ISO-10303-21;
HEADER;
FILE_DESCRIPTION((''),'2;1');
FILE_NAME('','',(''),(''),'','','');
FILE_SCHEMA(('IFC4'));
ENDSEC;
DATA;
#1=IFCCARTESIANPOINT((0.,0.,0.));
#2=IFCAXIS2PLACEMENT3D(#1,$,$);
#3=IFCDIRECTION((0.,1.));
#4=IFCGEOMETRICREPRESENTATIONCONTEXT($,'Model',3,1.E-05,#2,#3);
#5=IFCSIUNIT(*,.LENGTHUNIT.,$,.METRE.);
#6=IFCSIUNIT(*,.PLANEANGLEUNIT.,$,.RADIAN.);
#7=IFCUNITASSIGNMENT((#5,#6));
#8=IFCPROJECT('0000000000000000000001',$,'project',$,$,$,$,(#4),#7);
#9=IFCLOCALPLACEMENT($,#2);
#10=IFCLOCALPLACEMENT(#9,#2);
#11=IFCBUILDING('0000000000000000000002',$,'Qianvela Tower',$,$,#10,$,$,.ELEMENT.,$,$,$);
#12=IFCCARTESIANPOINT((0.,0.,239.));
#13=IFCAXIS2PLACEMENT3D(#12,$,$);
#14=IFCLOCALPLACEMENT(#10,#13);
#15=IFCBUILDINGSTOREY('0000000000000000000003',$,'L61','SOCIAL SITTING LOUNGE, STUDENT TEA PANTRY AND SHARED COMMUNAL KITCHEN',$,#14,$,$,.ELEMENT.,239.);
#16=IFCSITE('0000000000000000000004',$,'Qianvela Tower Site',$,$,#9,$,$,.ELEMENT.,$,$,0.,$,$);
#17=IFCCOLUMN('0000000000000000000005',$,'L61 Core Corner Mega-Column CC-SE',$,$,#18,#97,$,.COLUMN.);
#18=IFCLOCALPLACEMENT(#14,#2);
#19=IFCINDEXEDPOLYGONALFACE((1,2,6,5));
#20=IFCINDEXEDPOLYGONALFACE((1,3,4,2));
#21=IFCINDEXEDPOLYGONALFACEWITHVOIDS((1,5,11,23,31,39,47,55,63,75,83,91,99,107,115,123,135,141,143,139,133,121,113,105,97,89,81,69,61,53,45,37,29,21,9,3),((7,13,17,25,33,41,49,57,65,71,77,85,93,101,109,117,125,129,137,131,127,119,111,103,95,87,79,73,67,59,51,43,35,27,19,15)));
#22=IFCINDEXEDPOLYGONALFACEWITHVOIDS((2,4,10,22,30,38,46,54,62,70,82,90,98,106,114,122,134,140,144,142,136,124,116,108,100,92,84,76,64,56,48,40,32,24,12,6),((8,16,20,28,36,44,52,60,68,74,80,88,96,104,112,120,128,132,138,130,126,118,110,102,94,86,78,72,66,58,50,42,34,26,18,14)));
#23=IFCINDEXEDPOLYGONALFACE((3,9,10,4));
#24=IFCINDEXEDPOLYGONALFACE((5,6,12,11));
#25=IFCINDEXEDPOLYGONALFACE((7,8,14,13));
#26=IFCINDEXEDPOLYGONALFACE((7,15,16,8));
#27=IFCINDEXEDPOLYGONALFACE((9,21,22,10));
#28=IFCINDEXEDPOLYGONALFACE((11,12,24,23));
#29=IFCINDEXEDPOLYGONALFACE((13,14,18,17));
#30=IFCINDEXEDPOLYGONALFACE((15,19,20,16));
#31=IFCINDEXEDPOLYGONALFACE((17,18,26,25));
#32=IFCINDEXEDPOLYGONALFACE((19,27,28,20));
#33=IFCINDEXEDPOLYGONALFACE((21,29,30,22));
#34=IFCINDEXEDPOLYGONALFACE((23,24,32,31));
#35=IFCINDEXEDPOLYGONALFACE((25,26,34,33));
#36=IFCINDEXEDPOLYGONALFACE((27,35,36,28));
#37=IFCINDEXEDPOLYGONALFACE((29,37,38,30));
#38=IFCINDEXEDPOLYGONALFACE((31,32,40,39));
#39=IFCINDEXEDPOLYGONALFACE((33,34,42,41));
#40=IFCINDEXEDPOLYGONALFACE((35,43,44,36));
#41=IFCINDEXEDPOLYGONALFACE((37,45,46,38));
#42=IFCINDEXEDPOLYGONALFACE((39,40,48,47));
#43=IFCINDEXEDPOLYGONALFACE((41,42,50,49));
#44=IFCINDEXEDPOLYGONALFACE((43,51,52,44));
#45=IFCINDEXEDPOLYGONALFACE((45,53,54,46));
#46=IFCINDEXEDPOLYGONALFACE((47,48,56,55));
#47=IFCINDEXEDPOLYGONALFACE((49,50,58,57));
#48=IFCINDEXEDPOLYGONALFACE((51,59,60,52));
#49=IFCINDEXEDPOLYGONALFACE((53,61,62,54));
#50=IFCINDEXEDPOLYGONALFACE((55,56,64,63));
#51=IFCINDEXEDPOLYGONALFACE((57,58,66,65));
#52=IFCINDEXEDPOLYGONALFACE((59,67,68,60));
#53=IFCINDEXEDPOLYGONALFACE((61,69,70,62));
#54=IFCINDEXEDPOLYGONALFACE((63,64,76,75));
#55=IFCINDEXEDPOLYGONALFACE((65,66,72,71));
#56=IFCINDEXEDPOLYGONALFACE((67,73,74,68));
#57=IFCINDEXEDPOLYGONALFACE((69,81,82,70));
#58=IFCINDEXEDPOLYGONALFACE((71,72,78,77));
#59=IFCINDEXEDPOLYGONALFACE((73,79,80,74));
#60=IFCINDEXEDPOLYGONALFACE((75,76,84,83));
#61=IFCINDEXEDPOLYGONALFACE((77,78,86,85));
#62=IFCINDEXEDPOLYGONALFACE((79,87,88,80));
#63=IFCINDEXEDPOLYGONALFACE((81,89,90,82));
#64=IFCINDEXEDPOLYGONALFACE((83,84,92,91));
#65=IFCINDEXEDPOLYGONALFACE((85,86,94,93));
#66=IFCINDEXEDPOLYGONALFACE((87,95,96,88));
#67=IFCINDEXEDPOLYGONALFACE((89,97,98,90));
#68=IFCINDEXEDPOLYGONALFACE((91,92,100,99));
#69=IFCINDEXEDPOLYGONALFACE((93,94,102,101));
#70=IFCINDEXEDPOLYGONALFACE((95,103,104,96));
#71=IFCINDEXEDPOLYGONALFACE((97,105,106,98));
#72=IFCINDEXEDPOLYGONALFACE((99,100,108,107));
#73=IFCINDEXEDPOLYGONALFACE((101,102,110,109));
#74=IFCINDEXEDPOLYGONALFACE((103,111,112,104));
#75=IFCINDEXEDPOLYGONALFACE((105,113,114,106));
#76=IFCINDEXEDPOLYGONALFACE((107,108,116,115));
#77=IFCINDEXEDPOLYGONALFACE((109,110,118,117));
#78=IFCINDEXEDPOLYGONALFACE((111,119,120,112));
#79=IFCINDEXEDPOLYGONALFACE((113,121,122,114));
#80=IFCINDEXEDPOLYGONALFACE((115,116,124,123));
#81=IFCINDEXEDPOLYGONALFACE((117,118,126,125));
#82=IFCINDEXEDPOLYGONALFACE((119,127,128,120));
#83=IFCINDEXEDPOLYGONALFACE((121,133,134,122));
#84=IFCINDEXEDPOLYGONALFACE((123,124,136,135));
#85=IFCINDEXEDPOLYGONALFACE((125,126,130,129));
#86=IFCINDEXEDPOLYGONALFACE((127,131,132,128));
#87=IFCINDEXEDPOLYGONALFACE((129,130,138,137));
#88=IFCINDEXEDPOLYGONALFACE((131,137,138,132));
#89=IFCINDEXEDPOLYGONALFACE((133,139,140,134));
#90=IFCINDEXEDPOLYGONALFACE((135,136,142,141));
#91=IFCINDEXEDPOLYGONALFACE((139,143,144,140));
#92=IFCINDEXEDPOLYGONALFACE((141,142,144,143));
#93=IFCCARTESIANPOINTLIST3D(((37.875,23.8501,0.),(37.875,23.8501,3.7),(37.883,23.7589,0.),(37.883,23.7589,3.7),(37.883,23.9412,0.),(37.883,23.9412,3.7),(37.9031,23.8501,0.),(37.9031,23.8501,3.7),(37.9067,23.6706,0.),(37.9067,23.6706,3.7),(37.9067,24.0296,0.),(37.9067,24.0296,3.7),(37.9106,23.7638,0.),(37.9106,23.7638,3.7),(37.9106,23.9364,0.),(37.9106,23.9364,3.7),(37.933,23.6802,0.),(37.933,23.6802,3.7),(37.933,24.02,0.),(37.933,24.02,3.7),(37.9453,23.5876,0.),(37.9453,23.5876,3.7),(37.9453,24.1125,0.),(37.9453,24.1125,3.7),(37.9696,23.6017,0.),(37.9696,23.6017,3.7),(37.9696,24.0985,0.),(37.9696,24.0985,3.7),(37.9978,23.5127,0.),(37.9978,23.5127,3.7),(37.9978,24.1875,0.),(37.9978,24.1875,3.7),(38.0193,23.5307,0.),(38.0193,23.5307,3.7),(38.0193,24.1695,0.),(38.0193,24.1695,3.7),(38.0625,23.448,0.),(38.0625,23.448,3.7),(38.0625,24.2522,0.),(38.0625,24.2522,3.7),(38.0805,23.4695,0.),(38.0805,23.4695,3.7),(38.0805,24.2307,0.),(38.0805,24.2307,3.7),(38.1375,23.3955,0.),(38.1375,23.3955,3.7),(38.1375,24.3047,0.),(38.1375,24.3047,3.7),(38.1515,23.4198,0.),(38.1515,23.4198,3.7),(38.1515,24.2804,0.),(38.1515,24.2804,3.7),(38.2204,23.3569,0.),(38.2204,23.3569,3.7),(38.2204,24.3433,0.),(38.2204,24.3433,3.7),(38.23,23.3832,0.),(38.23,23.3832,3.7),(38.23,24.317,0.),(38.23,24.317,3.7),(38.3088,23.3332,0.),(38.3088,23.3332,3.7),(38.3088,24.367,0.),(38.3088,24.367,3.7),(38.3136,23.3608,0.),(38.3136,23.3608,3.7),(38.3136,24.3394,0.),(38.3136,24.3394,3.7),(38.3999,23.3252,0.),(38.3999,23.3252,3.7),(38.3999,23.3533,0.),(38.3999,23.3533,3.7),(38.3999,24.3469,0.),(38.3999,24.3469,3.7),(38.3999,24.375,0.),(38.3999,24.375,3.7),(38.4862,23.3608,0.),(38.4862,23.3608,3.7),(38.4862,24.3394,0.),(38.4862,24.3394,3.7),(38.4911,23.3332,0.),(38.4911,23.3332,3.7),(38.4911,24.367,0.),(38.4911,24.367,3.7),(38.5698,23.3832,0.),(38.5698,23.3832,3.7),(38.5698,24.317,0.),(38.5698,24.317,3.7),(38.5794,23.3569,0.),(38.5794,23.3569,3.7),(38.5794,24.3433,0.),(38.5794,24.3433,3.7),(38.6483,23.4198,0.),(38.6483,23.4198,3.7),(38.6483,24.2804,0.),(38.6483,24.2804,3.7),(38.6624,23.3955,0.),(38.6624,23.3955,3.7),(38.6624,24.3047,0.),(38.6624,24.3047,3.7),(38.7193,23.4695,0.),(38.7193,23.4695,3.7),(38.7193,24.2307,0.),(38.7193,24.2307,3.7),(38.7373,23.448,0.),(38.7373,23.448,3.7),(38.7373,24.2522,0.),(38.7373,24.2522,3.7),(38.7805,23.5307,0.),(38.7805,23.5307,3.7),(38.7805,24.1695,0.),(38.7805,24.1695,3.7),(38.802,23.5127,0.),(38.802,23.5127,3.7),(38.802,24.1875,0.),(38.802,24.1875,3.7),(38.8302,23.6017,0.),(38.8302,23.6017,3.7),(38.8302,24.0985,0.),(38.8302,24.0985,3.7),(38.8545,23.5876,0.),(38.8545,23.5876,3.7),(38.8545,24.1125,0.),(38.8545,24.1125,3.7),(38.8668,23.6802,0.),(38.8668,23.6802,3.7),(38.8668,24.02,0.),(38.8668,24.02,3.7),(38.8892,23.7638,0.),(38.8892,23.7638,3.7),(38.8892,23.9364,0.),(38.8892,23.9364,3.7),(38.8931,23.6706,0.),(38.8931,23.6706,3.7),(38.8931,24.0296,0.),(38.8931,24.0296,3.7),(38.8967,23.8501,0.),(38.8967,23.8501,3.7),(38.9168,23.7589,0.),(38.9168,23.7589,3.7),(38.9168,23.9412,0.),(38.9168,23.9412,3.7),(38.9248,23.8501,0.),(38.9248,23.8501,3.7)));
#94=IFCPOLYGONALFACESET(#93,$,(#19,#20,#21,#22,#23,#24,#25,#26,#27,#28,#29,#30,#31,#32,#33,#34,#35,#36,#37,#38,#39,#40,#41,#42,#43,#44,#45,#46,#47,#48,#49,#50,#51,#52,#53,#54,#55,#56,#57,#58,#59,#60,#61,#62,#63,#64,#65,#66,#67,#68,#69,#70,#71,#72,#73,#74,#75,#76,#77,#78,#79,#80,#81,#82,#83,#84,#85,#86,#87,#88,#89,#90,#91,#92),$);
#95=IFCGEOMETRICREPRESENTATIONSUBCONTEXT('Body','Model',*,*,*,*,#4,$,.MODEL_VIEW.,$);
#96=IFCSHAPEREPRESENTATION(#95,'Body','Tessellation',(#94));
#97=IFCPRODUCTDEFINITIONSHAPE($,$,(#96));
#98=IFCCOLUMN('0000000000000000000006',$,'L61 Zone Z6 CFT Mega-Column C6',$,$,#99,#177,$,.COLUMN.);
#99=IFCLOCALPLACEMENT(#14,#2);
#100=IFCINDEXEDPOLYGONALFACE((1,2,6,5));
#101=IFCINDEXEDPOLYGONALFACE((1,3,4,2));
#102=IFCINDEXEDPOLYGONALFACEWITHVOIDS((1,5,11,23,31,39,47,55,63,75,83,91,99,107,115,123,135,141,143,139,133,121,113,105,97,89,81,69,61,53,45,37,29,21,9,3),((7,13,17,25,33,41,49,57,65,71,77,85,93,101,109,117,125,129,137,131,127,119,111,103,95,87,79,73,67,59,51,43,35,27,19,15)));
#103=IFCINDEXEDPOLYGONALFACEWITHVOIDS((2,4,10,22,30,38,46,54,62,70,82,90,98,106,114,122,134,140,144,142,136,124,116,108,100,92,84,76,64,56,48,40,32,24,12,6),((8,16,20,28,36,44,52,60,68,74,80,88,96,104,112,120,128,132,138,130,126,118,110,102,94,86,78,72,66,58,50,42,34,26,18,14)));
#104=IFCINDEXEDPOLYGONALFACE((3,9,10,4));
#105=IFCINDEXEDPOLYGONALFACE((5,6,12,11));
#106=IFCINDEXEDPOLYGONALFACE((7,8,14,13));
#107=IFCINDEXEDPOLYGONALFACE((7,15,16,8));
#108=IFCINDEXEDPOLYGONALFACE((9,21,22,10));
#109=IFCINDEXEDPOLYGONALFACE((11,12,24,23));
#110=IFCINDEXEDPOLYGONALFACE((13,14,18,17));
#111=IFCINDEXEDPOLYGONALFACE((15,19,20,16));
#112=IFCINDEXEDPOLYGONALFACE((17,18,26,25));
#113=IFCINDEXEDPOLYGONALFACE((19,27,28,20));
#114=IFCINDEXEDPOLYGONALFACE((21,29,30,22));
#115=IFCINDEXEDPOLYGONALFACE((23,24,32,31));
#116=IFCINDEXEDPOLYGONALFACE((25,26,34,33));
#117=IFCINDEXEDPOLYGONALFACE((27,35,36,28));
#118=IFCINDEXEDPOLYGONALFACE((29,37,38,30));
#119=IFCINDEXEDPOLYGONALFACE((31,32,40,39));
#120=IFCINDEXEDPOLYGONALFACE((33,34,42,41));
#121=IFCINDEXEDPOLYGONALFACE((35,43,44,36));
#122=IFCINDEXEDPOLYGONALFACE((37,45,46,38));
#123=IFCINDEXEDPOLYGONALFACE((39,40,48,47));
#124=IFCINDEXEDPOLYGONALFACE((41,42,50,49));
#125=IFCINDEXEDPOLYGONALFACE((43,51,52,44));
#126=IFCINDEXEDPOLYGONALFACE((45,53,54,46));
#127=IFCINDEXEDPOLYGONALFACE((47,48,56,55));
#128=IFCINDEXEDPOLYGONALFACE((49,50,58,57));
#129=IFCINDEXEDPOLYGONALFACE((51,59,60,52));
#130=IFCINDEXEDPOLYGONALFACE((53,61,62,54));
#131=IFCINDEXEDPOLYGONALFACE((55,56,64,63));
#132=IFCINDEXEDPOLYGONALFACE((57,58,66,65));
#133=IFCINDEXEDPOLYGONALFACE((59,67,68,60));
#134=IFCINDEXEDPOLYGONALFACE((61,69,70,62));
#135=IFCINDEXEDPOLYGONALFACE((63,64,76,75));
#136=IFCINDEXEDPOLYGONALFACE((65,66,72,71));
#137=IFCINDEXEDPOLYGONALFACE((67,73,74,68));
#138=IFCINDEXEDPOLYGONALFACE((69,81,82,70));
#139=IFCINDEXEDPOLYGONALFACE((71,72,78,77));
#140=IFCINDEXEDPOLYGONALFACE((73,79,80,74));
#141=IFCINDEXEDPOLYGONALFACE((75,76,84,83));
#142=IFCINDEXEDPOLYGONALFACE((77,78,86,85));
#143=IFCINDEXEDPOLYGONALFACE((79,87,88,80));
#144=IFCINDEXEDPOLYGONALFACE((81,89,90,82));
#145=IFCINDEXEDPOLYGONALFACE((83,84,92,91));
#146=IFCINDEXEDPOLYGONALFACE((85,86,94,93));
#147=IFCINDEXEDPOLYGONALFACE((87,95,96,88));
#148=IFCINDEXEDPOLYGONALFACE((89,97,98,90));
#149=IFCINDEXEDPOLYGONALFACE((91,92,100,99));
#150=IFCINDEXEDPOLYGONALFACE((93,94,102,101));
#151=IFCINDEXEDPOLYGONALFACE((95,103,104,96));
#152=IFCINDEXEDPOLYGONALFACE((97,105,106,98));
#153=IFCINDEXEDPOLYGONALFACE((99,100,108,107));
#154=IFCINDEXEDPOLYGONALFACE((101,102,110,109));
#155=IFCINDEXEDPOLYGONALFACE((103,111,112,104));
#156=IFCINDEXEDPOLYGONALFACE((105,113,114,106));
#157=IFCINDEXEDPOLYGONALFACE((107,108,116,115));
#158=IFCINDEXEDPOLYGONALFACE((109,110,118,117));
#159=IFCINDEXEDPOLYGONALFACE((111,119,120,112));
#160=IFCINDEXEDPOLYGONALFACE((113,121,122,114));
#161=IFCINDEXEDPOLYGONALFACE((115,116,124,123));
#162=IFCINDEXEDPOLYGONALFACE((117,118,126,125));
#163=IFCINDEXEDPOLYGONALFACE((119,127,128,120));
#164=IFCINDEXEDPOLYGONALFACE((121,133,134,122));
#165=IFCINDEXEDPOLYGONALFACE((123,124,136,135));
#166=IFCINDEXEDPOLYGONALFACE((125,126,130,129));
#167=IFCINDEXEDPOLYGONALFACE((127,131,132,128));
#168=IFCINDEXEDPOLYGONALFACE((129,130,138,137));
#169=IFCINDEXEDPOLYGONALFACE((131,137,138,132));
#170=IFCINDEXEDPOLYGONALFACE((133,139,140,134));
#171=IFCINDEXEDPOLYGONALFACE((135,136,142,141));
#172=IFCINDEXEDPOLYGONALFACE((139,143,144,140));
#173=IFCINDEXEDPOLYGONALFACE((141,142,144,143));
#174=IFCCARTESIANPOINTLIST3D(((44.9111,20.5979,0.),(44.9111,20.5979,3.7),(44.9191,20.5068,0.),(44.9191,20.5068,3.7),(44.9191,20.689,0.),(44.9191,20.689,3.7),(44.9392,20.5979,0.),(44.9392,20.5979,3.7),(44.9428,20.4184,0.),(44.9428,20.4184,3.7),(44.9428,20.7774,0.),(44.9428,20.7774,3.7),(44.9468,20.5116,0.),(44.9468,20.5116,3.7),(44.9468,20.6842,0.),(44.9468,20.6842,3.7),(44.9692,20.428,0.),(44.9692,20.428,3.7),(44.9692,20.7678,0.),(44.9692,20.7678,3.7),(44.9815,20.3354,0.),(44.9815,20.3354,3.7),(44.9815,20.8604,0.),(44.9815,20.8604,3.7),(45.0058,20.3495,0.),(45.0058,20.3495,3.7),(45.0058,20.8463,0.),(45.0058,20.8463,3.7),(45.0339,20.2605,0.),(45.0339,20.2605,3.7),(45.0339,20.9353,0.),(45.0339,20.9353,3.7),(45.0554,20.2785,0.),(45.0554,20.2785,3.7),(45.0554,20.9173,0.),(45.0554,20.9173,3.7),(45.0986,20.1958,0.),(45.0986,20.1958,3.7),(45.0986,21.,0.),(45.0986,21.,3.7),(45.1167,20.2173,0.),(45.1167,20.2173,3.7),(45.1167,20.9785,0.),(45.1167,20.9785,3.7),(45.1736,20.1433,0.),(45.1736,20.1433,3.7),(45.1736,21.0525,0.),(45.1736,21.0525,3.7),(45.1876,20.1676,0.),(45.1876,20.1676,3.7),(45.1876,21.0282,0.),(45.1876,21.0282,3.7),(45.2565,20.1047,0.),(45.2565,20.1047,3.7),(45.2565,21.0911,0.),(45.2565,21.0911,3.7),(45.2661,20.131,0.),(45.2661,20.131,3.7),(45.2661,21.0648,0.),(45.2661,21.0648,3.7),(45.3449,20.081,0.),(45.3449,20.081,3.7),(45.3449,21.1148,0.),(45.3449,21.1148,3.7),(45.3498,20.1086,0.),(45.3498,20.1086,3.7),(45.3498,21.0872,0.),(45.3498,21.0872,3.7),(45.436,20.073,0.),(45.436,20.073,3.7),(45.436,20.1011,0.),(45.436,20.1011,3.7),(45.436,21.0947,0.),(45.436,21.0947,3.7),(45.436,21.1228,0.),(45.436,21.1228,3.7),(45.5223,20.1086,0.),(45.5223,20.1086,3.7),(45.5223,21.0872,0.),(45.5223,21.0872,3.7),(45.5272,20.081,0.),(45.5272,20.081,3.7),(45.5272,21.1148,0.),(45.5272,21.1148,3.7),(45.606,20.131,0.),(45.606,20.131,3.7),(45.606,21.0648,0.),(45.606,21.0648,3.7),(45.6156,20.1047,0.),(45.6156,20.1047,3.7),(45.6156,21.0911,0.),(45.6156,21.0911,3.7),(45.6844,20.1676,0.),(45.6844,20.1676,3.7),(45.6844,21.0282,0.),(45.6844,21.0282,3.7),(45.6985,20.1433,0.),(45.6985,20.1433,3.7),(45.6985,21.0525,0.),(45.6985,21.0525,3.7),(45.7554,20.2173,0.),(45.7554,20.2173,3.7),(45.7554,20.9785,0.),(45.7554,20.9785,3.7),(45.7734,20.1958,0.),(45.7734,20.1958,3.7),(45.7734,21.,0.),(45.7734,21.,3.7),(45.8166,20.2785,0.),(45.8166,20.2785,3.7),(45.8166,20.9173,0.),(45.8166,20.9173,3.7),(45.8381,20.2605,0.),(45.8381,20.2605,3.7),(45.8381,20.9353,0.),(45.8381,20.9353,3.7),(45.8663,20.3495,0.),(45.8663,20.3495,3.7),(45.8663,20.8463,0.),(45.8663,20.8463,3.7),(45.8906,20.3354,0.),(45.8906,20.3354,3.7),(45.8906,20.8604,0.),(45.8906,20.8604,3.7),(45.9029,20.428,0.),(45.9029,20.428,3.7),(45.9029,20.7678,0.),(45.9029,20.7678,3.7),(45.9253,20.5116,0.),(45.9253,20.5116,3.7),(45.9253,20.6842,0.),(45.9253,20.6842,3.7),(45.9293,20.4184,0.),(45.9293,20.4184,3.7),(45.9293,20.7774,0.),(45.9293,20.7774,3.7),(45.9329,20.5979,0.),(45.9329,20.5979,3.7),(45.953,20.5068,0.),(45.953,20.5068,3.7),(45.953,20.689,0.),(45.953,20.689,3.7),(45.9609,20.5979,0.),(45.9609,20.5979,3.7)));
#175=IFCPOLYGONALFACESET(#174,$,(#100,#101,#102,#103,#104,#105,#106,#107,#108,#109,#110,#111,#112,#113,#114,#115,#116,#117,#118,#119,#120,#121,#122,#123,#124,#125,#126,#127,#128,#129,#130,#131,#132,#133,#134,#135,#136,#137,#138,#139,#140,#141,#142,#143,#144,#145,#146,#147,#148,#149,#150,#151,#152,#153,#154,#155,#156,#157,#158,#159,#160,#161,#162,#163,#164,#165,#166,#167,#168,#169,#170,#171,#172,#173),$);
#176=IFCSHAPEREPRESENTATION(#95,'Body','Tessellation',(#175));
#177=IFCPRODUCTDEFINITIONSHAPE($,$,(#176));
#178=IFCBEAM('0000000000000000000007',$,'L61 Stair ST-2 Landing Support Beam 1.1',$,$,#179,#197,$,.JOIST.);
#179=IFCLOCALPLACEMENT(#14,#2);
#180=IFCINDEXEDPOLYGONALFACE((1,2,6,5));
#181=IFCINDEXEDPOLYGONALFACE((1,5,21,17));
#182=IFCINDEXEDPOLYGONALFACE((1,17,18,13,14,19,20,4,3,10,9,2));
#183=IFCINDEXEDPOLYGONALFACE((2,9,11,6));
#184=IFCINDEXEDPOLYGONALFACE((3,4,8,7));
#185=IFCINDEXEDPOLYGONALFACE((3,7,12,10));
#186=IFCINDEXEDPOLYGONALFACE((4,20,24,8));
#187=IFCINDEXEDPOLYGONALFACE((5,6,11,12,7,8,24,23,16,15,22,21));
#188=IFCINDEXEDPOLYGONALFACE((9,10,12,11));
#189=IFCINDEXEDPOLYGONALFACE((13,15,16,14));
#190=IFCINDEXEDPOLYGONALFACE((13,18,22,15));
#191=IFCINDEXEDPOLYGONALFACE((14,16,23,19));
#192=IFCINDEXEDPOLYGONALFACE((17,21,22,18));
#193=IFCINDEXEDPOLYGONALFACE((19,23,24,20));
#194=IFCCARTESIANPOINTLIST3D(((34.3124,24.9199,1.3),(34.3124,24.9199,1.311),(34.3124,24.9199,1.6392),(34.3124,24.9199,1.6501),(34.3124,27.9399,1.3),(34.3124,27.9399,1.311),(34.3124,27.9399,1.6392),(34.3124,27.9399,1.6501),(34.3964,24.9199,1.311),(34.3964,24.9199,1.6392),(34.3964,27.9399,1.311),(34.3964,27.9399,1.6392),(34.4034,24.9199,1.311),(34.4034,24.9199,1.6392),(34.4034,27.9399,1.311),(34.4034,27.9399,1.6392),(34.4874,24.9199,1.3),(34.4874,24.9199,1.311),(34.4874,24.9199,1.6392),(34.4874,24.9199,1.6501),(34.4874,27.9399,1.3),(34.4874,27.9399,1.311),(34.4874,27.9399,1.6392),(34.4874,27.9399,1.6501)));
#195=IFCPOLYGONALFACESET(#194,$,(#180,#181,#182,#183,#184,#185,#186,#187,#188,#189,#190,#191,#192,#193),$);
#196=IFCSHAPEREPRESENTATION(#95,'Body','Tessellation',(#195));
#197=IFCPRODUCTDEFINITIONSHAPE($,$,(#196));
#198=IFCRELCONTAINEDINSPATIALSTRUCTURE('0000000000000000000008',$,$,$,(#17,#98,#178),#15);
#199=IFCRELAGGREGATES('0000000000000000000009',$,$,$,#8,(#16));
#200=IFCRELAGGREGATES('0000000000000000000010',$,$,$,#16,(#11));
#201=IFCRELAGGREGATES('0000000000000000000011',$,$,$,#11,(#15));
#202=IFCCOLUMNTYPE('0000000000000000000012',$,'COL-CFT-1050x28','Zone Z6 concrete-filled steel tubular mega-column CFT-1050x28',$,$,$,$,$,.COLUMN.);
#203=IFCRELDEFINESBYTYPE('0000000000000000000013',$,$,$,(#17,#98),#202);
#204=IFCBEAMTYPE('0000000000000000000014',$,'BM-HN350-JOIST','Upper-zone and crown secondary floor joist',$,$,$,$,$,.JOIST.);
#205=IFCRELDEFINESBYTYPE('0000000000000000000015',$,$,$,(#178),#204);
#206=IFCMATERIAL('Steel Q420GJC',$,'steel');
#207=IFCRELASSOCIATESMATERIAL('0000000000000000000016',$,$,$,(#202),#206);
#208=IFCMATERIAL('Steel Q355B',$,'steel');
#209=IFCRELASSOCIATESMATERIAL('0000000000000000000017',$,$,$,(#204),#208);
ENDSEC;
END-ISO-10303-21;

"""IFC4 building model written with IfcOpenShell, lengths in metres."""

from ifc_helpers import new_model, si_unit, direction, frame, origin, origin_2d, place, context, subcontext, project, spatial, hollow_circle, i_section, extrude, material, material_profile, profile_set, type_object, element, save


model = new_model("IFC4")

# Units and contexts
model_context = context("Model", 3, precision=1e-05, world=origin(), true_north=direction((0.0, 1.0)))
body_context = subcontext(model_context, "Body", "Model", "MODEL_VIEW")
ifc_project = project(units=[si_unit("LENGTHUNIT", "METRE"), si_unit("PLANEANGLEUNIT", "RADIAN")], contexts=[model_context])

# Site, building, storey
site_placement = place(None, origin())
site = spatial("IfcSite", under=ifc_project, at=site_placement, Name="Qianvela Tower Site", CompositionType="ELEMENT", RefElevation=0.0)
building_placement = place(site_placement, origin())
building = spatial("IfcBuilding", under=site, at=building_placement, Name="Qianvela Tower", CompositionType="ELEMENT")
storey_placement = place(building_placement, frame((0.0, 0.0, 239.0)))
storey = spatial("IfcBuildingStorey", under=building, at=storey_placement, Name="L61", Description="SOCIAL SITTING LOUNGE, STUDENT TEA PANTRY AND SHARED COMMUNAL KITCHEN", CompositionType="ELEMENT", Elevation=239.0)

# Columns
ifc_material_1 = material(Name="Steel Q420GJC", Category="steel")
ifc_material_profile_1 = material_profile(ifc_material_1, hollow_circle(Radius=0.5249, WallThickness=0.0281, at=origin_2d()), Name="CFT-1050x28")
ifc_profile_set_1 = profile_set([ifc_material_profile_1], Name="Steel Q420GJC")
column_type = type_object("IfcColumnType", Name="COL-CFT-1050x28", Description="Zone Z6 concrete-filled steel tubular mega-column CFT-1050x28", PredefinedType="COLUMN", material=ifc_profile_set_1)
for number, where, z_axis, x_axis, name in (
    (1, (38.3999, 23.8501, 0.0), (0.0, 0.0, 1.0), (1.0, 0.0, 0.0), "L61 Core Corner Mega-Column CC-SE"),
    (2, (45.436, 20.5979, 0.0), (0.0, 0.0, 1.0), (1.0, 0.0, 0.0), "L61 Zone Z6 CFT Mega-Column C6"),
):
    element("IfcColumn", number, at=place(storey_placement, frame(where, z_axis=z_axis, x_axis=x_axis)), inside=storey, type_object=column_type, Name=name, PredefinedType="COLUMN", context=body_context, shape_type="SweptSolid", body=[
        extrude(hollow_circle(Radius=0.5249, WallThickness=0.0281, at=origin_2d()), origin(), (0.0, 0.0, 1.0), 3.7),
    ])

# Beam
ifc_material_2 = material(Name="Steel Q355B", Category="steel")
ifc_material_profile_2 = material_profile(ifc_material_2, i_section(OverallWidth=0.175, OverallDepth=0.3501, WebThickness=0.0071, FlangeThickness=0.011, at=origin_2d()), Name="HN350x175x7x11")
ifc_profile_set_2 = profile_set([ifc_material_profile_2], Name="Steel Q355B")
beam_type_1 = type_object("IfcBeamType", Name="BM-HN350-JOIST", Description="Upper-zone and crown secondary floor joist", PredefinedType="JOIST", material=ifc_profile_set_2)
for number, where, z_axis, x_axis, name in (
    (3, (34.3999, 24.9199, 1.4751), (0.0, 1.0, 0.0), (-1.0, 0.0, 0.0), "L61 Stair ST-2 Landing Support Beam 1.1"),
):
    element("IfcBeam", number, at=place(storey_placement, frame(where, z_axis=z_axis, x_axis=x_axis)), inside=storey, type_object=beam_type_1, Name=name, PredefinedType="JOIST", context=body_context, shape_type="SweptSolid", body=[
        extrude(i_section(OverallWidth=0.175, OverallDepth=0.3501, WebThickness=0.0071, FlangeThickness=0.011, at=origin_2d()), origin(), (0.0, 0.0, 1.0), 3.02),
    ])

save(model, "model.ifc")
